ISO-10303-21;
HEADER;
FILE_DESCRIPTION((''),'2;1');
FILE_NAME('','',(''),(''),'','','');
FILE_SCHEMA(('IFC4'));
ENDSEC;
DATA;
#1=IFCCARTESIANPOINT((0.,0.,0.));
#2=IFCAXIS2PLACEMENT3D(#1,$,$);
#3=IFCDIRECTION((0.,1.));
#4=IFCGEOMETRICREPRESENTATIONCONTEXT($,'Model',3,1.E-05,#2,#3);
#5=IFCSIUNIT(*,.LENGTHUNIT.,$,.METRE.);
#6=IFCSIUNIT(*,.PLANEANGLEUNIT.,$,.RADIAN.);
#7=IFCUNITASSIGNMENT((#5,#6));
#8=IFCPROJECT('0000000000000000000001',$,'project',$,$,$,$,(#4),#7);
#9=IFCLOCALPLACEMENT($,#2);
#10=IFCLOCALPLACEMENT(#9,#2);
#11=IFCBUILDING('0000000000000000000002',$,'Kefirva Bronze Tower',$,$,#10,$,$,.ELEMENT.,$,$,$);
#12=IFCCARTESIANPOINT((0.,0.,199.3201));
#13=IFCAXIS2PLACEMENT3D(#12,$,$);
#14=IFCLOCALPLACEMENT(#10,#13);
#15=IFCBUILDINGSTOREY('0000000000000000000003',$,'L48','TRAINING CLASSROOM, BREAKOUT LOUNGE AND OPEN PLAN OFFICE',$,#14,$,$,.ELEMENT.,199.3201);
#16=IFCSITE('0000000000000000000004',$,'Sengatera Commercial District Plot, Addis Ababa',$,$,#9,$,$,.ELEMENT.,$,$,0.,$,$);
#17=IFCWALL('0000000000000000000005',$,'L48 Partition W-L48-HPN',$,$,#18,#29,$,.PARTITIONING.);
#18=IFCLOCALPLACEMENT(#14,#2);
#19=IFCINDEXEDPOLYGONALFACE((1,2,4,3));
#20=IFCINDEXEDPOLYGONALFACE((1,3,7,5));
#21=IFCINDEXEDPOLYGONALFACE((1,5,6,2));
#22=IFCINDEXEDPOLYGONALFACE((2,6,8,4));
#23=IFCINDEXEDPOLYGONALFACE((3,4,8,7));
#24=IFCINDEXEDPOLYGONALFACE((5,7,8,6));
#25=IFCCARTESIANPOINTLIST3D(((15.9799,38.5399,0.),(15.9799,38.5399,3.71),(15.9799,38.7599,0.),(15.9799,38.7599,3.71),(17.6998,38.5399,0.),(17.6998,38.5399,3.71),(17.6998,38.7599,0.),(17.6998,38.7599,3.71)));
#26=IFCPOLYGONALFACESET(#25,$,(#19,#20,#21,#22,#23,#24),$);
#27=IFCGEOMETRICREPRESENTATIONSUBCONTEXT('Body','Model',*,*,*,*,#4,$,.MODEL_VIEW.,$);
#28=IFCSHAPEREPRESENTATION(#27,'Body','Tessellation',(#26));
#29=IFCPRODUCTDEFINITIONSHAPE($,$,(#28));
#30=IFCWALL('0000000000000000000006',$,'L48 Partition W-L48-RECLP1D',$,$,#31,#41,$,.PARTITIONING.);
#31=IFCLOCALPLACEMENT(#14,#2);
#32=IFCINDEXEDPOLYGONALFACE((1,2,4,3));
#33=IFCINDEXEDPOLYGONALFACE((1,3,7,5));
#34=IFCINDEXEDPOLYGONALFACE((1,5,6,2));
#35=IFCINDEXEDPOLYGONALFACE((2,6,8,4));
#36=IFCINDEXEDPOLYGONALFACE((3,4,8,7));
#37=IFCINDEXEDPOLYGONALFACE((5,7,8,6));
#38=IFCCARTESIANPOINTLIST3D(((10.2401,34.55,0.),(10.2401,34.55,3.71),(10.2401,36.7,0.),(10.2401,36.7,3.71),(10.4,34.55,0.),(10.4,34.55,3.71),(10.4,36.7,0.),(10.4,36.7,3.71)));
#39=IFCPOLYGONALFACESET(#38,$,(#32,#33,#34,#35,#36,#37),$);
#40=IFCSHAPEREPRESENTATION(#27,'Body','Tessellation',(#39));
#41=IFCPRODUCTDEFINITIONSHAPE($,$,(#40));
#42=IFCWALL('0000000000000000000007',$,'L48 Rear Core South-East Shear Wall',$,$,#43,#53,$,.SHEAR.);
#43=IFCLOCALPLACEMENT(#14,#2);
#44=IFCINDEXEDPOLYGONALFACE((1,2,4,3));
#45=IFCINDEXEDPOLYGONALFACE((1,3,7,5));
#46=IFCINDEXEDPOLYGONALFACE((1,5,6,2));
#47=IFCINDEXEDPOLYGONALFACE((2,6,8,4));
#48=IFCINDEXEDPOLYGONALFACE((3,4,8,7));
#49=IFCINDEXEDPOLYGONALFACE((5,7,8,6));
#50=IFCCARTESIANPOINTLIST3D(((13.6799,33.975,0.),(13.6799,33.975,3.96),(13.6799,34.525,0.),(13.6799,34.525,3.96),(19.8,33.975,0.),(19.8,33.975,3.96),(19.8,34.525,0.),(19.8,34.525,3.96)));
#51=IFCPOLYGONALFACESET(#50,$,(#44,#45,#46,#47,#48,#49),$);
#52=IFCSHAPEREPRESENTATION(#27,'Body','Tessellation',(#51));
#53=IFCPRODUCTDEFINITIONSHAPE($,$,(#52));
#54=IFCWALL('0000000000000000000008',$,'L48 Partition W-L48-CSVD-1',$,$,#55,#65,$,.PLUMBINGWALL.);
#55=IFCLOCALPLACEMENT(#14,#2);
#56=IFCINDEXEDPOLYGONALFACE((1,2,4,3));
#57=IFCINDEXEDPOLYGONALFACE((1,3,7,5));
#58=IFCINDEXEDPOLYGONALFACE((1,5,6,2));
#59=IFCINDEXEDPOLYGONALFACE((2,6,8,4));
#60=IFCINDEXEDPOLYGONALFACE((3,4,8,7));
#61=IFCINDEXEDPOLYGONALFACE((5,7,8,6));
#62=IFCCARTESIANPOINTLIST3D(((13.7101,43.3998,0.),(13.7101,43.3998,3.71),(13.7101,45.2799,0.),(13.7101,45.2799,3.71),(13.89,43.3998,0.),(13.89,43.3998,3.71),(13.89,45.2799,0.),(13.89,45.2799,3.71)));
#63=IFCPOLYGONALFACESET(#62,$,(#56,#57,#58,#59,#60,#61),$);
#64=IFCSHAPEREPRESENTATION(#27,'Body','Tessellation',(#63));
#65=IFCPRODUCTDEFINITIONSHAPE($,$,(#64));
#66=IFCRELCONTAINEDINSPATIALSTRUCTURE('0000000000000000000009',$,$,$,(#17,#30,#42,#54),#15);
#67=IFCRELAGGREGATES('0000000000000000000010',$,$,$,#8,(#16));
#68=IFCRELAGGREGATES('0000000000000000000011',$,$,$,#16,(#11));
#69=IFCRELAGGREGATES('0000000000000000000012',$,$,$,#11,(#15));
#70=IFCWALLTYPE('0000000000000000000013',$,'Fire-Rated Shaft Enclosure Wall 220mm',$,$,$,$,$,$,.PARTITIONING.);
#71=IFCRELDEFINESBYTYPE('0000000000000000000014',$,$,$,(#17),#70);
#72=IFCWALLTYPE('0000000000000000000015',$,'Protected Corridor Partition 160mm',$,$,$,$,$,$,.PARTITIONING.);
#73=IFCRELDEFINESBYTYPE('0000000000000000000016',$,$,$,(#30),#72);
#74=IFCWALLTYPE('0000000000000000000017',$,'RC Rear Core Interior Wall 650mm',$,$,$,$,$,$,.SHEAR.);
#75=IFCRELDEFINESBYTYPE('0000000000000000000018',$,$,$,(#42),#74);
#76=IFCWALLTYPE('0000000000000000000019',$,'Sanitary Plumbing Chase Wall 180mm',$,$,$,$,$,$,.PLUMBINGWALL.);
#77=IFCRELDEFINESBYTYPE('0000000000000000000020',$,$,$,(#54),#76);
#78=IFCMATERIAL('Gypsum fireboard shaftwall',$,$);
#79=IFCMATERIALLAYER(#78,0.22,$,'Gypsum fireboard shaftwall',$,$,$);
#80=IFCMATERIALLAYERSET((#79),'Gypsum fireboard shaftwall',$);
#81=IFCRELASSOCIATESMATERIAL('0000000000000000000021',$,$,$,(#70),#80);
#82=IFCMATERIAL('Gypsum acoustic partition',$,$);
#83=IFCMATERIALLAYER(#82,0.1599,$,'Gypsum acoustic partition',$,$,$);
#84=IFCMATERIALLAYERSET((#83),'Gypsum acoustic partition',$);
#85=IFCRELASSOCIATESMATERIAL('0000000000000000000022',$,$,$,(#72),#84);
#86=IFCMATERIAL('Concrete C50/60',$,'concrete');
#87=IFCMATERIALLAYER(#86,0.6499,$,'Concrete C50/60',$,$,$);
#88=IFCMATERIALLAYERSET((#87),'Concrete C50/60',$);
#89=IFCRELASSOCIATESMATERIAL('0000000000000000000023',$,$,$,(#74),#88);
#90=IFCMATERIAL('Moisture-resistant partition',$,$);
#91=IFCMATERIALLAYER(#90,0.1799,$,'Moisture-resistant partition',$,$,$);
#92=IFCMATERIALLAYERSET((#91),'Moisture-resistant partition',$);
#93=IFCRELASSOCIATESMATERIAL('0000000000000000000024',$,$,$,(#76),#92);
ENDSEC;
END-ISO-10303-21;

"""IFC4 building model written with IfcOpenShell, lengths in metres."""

from ifc_helpers import new_model, si_unit, direction, frame, frame_2d, origin, place, context, subcontext, project, spatial, rectangle, extrude, material, layer, layer_set, type_object, element, save


model = new_model("IFC4")

# Units and contexts
model_context = context("Model", 3, precision=1e-05, world=origin(), true_north=direction((0.0, 1.0)))
body_context = subcontext(model_context, "Body", "Model", "MODEL_VIEW")
ifc_project = project(units=[si_unit("LENGTHUNIT", "METRE"), si_unit("PLANEANGLEUNIT", "RADIAN")], contexts=[model_context])

# Site, building, storey
site_placement = place(None, origin())
site = spatial("IfcSite", under=ifc_project, at=site_placement, Name="Sengatera Commercial District Plot, Addis Ababa", CompositionType="ELEMENT", RefElevation=0.0)
building_placement = place(site_placement, origin())
building = spatial("IfcBuilding", under=site, at=building_placement, Name="Kefirva Bronze Tower", CompositionType="ELEMENT")
storey_placement = place(building_placement, frame((0.0, 0.0, 199.3201)))
storey = spatial("IfcBuildingStorey", under=building, at=storey_placement, Name="L48", Description="TRAINING CLASSROOM, BREAKOUT LOUNGE AND OPEN PLAN OFFICE", CompositionType="ELEMENT", Elevation=199.3201)

# Shared definitions
ifc_material_1 = material(Name="Concrete C50/60", Category="concrete")

# Shared definitions
ifc_material_2 = material(Name="Gypsum fireboard shaftwall")
ifc_layer_1 = layer(ifc_material_2, 0.22, Name="Gypsum fireboard shaftwall")
ifc_layer_set_1 = layer_set([ifc_layer_1], Name="Gypsum fireboard shaftwall")
wall_type_1 = type_object("IfcWallType", Name="Fire-Rated Shaft Enclosure Wall 220mm", PredefinedType="PARTITIONING", material=ifc_layer_set_1)

# Walls
wall_1_placement = place(storey_placement, frame((15.98, 38.6499, 0.0), z_axis=(0.0, 0.0, 1.0), x_axis=(1.0, 0.0, 0.0)))
element("IfcWall", 1, at=wall_1_placement, inside=storey, type_object=wall_type_1, Name="L48 Partition W-L48-HPN", PredefinedType="PARTITIONING", context=body_context, shape_type="SweptSolid", body=[
    extrude(rectangle(XDim=1.72, YDim=0.22, at=frame_2d((0.8599, 0.0))), origin(), (0.0, 0.0, 1.0), 3.71),
])
ifc_material_3 = material(Name="Gypsum acoustic partition")
ifc_layer_2 = layer(ifc_material_3, 0.1599, Name="Gypsum acoustic partition")
ifc_layer_set_2 = layer_set([ifc_layer_2], Name="Gypsum acoustic partition")
wall_type_2 = type_object("IfcWallType", Name="Protected Corridor Partition 160mm", PredefinedType="PARTITIONING", material=ifc_layer_set_2)
wall_2_placement = place(storey_placement, frame((10.3201, 34.55, 0.0), z_axis=(0.0, 0.0, 1.0), x_axis=(0.0, 1.0, 0.0)))
element("IfcWall", 2, at=wall_2_placement, inside=storey, type_object=wall_type_2, Name="L48 Partition W-L48-RECLP1D", PredefinedType="PARTITIONING", context=body_context, shape_type="SweptSolid", body=[
    extrude(rectangle(XDim=2.1499, YDim=0.1599, at=frame_2d((1.075, 0.0))), origin(), (0.0, 0.0, 1.0), 3.71),
])

# Walls
ifc_layer_3 = layer(ifc_material_1, 0.6499, Name="Concrete C50/60")
ifc_layer_set_3 = layer_set([ifc_layer_3], Name="Concrete C50/60")
wall_type_3 = type_object("IfcWallType", Name="RC Rear Core Interior Wall 650mm", PredefinedType="SHEAR", material=ifc_layer_set_3)
wall_3_placement = place(storey_placement, frame((13.6799, 34.25, 0.0), z_axis=(0.0, 0.0, 1.0), x_axis=(1.0, 0.0, 0.0)))
element("IfcWall", 3, at=wall_3_placement, inside=storey, type_object=wall_type_3, Name="L48 Rear Core South-East Shear Wall", PredefinedType="SHEAR", context=body_context, shape_type="SweptSolid", body=[
    extrude(rectangle(XDim=6.1201, YDim=0.55, at=frame_2d((3.0601, 0.0))), origin(), (0.0, 0.0, 1.0), 3.96),
])
ifc_material_4 = material(Name="Moisture-resistant partition")
ifc_layer_4 = layer(ifc_material_4, 0.1799, Name="Moisture-resistant partition")
ifc_layer_set_4 = layer_set([ifc_layer_4], Name="Moisture-resistant partition")
wall_type_4 = type_object("IfcWallType", Name="Sanitary Plumbing Chase Wall 180mm", PredefinedType="PLUMBINGWALL", material=ifc_layer_set_4)
wall_4_placement = place(storey_placement, frame((13.8, 43.3999, 0.0), z_axis=(0.0, 0.0, 1.0), x_axis=(0.0, 1.0, 0.0)))
element("IfcWall", 4, at=wall_4_placement, inside=storey, type_object=wall_type_4, Name="L48 Partition W-L48-CSVD-1", PredefinedType="PLUMBINGWALL", context=body_context, shape_type="SweptSolid", body=[
    extrude(rectangle(XDim=1.8801, YDim=0.1799, at=frame_2d((0.9399, 0.0))), origin(), (0.0, 0.0, 1.0), 3.71),
])

save(model, "model.ifc")
